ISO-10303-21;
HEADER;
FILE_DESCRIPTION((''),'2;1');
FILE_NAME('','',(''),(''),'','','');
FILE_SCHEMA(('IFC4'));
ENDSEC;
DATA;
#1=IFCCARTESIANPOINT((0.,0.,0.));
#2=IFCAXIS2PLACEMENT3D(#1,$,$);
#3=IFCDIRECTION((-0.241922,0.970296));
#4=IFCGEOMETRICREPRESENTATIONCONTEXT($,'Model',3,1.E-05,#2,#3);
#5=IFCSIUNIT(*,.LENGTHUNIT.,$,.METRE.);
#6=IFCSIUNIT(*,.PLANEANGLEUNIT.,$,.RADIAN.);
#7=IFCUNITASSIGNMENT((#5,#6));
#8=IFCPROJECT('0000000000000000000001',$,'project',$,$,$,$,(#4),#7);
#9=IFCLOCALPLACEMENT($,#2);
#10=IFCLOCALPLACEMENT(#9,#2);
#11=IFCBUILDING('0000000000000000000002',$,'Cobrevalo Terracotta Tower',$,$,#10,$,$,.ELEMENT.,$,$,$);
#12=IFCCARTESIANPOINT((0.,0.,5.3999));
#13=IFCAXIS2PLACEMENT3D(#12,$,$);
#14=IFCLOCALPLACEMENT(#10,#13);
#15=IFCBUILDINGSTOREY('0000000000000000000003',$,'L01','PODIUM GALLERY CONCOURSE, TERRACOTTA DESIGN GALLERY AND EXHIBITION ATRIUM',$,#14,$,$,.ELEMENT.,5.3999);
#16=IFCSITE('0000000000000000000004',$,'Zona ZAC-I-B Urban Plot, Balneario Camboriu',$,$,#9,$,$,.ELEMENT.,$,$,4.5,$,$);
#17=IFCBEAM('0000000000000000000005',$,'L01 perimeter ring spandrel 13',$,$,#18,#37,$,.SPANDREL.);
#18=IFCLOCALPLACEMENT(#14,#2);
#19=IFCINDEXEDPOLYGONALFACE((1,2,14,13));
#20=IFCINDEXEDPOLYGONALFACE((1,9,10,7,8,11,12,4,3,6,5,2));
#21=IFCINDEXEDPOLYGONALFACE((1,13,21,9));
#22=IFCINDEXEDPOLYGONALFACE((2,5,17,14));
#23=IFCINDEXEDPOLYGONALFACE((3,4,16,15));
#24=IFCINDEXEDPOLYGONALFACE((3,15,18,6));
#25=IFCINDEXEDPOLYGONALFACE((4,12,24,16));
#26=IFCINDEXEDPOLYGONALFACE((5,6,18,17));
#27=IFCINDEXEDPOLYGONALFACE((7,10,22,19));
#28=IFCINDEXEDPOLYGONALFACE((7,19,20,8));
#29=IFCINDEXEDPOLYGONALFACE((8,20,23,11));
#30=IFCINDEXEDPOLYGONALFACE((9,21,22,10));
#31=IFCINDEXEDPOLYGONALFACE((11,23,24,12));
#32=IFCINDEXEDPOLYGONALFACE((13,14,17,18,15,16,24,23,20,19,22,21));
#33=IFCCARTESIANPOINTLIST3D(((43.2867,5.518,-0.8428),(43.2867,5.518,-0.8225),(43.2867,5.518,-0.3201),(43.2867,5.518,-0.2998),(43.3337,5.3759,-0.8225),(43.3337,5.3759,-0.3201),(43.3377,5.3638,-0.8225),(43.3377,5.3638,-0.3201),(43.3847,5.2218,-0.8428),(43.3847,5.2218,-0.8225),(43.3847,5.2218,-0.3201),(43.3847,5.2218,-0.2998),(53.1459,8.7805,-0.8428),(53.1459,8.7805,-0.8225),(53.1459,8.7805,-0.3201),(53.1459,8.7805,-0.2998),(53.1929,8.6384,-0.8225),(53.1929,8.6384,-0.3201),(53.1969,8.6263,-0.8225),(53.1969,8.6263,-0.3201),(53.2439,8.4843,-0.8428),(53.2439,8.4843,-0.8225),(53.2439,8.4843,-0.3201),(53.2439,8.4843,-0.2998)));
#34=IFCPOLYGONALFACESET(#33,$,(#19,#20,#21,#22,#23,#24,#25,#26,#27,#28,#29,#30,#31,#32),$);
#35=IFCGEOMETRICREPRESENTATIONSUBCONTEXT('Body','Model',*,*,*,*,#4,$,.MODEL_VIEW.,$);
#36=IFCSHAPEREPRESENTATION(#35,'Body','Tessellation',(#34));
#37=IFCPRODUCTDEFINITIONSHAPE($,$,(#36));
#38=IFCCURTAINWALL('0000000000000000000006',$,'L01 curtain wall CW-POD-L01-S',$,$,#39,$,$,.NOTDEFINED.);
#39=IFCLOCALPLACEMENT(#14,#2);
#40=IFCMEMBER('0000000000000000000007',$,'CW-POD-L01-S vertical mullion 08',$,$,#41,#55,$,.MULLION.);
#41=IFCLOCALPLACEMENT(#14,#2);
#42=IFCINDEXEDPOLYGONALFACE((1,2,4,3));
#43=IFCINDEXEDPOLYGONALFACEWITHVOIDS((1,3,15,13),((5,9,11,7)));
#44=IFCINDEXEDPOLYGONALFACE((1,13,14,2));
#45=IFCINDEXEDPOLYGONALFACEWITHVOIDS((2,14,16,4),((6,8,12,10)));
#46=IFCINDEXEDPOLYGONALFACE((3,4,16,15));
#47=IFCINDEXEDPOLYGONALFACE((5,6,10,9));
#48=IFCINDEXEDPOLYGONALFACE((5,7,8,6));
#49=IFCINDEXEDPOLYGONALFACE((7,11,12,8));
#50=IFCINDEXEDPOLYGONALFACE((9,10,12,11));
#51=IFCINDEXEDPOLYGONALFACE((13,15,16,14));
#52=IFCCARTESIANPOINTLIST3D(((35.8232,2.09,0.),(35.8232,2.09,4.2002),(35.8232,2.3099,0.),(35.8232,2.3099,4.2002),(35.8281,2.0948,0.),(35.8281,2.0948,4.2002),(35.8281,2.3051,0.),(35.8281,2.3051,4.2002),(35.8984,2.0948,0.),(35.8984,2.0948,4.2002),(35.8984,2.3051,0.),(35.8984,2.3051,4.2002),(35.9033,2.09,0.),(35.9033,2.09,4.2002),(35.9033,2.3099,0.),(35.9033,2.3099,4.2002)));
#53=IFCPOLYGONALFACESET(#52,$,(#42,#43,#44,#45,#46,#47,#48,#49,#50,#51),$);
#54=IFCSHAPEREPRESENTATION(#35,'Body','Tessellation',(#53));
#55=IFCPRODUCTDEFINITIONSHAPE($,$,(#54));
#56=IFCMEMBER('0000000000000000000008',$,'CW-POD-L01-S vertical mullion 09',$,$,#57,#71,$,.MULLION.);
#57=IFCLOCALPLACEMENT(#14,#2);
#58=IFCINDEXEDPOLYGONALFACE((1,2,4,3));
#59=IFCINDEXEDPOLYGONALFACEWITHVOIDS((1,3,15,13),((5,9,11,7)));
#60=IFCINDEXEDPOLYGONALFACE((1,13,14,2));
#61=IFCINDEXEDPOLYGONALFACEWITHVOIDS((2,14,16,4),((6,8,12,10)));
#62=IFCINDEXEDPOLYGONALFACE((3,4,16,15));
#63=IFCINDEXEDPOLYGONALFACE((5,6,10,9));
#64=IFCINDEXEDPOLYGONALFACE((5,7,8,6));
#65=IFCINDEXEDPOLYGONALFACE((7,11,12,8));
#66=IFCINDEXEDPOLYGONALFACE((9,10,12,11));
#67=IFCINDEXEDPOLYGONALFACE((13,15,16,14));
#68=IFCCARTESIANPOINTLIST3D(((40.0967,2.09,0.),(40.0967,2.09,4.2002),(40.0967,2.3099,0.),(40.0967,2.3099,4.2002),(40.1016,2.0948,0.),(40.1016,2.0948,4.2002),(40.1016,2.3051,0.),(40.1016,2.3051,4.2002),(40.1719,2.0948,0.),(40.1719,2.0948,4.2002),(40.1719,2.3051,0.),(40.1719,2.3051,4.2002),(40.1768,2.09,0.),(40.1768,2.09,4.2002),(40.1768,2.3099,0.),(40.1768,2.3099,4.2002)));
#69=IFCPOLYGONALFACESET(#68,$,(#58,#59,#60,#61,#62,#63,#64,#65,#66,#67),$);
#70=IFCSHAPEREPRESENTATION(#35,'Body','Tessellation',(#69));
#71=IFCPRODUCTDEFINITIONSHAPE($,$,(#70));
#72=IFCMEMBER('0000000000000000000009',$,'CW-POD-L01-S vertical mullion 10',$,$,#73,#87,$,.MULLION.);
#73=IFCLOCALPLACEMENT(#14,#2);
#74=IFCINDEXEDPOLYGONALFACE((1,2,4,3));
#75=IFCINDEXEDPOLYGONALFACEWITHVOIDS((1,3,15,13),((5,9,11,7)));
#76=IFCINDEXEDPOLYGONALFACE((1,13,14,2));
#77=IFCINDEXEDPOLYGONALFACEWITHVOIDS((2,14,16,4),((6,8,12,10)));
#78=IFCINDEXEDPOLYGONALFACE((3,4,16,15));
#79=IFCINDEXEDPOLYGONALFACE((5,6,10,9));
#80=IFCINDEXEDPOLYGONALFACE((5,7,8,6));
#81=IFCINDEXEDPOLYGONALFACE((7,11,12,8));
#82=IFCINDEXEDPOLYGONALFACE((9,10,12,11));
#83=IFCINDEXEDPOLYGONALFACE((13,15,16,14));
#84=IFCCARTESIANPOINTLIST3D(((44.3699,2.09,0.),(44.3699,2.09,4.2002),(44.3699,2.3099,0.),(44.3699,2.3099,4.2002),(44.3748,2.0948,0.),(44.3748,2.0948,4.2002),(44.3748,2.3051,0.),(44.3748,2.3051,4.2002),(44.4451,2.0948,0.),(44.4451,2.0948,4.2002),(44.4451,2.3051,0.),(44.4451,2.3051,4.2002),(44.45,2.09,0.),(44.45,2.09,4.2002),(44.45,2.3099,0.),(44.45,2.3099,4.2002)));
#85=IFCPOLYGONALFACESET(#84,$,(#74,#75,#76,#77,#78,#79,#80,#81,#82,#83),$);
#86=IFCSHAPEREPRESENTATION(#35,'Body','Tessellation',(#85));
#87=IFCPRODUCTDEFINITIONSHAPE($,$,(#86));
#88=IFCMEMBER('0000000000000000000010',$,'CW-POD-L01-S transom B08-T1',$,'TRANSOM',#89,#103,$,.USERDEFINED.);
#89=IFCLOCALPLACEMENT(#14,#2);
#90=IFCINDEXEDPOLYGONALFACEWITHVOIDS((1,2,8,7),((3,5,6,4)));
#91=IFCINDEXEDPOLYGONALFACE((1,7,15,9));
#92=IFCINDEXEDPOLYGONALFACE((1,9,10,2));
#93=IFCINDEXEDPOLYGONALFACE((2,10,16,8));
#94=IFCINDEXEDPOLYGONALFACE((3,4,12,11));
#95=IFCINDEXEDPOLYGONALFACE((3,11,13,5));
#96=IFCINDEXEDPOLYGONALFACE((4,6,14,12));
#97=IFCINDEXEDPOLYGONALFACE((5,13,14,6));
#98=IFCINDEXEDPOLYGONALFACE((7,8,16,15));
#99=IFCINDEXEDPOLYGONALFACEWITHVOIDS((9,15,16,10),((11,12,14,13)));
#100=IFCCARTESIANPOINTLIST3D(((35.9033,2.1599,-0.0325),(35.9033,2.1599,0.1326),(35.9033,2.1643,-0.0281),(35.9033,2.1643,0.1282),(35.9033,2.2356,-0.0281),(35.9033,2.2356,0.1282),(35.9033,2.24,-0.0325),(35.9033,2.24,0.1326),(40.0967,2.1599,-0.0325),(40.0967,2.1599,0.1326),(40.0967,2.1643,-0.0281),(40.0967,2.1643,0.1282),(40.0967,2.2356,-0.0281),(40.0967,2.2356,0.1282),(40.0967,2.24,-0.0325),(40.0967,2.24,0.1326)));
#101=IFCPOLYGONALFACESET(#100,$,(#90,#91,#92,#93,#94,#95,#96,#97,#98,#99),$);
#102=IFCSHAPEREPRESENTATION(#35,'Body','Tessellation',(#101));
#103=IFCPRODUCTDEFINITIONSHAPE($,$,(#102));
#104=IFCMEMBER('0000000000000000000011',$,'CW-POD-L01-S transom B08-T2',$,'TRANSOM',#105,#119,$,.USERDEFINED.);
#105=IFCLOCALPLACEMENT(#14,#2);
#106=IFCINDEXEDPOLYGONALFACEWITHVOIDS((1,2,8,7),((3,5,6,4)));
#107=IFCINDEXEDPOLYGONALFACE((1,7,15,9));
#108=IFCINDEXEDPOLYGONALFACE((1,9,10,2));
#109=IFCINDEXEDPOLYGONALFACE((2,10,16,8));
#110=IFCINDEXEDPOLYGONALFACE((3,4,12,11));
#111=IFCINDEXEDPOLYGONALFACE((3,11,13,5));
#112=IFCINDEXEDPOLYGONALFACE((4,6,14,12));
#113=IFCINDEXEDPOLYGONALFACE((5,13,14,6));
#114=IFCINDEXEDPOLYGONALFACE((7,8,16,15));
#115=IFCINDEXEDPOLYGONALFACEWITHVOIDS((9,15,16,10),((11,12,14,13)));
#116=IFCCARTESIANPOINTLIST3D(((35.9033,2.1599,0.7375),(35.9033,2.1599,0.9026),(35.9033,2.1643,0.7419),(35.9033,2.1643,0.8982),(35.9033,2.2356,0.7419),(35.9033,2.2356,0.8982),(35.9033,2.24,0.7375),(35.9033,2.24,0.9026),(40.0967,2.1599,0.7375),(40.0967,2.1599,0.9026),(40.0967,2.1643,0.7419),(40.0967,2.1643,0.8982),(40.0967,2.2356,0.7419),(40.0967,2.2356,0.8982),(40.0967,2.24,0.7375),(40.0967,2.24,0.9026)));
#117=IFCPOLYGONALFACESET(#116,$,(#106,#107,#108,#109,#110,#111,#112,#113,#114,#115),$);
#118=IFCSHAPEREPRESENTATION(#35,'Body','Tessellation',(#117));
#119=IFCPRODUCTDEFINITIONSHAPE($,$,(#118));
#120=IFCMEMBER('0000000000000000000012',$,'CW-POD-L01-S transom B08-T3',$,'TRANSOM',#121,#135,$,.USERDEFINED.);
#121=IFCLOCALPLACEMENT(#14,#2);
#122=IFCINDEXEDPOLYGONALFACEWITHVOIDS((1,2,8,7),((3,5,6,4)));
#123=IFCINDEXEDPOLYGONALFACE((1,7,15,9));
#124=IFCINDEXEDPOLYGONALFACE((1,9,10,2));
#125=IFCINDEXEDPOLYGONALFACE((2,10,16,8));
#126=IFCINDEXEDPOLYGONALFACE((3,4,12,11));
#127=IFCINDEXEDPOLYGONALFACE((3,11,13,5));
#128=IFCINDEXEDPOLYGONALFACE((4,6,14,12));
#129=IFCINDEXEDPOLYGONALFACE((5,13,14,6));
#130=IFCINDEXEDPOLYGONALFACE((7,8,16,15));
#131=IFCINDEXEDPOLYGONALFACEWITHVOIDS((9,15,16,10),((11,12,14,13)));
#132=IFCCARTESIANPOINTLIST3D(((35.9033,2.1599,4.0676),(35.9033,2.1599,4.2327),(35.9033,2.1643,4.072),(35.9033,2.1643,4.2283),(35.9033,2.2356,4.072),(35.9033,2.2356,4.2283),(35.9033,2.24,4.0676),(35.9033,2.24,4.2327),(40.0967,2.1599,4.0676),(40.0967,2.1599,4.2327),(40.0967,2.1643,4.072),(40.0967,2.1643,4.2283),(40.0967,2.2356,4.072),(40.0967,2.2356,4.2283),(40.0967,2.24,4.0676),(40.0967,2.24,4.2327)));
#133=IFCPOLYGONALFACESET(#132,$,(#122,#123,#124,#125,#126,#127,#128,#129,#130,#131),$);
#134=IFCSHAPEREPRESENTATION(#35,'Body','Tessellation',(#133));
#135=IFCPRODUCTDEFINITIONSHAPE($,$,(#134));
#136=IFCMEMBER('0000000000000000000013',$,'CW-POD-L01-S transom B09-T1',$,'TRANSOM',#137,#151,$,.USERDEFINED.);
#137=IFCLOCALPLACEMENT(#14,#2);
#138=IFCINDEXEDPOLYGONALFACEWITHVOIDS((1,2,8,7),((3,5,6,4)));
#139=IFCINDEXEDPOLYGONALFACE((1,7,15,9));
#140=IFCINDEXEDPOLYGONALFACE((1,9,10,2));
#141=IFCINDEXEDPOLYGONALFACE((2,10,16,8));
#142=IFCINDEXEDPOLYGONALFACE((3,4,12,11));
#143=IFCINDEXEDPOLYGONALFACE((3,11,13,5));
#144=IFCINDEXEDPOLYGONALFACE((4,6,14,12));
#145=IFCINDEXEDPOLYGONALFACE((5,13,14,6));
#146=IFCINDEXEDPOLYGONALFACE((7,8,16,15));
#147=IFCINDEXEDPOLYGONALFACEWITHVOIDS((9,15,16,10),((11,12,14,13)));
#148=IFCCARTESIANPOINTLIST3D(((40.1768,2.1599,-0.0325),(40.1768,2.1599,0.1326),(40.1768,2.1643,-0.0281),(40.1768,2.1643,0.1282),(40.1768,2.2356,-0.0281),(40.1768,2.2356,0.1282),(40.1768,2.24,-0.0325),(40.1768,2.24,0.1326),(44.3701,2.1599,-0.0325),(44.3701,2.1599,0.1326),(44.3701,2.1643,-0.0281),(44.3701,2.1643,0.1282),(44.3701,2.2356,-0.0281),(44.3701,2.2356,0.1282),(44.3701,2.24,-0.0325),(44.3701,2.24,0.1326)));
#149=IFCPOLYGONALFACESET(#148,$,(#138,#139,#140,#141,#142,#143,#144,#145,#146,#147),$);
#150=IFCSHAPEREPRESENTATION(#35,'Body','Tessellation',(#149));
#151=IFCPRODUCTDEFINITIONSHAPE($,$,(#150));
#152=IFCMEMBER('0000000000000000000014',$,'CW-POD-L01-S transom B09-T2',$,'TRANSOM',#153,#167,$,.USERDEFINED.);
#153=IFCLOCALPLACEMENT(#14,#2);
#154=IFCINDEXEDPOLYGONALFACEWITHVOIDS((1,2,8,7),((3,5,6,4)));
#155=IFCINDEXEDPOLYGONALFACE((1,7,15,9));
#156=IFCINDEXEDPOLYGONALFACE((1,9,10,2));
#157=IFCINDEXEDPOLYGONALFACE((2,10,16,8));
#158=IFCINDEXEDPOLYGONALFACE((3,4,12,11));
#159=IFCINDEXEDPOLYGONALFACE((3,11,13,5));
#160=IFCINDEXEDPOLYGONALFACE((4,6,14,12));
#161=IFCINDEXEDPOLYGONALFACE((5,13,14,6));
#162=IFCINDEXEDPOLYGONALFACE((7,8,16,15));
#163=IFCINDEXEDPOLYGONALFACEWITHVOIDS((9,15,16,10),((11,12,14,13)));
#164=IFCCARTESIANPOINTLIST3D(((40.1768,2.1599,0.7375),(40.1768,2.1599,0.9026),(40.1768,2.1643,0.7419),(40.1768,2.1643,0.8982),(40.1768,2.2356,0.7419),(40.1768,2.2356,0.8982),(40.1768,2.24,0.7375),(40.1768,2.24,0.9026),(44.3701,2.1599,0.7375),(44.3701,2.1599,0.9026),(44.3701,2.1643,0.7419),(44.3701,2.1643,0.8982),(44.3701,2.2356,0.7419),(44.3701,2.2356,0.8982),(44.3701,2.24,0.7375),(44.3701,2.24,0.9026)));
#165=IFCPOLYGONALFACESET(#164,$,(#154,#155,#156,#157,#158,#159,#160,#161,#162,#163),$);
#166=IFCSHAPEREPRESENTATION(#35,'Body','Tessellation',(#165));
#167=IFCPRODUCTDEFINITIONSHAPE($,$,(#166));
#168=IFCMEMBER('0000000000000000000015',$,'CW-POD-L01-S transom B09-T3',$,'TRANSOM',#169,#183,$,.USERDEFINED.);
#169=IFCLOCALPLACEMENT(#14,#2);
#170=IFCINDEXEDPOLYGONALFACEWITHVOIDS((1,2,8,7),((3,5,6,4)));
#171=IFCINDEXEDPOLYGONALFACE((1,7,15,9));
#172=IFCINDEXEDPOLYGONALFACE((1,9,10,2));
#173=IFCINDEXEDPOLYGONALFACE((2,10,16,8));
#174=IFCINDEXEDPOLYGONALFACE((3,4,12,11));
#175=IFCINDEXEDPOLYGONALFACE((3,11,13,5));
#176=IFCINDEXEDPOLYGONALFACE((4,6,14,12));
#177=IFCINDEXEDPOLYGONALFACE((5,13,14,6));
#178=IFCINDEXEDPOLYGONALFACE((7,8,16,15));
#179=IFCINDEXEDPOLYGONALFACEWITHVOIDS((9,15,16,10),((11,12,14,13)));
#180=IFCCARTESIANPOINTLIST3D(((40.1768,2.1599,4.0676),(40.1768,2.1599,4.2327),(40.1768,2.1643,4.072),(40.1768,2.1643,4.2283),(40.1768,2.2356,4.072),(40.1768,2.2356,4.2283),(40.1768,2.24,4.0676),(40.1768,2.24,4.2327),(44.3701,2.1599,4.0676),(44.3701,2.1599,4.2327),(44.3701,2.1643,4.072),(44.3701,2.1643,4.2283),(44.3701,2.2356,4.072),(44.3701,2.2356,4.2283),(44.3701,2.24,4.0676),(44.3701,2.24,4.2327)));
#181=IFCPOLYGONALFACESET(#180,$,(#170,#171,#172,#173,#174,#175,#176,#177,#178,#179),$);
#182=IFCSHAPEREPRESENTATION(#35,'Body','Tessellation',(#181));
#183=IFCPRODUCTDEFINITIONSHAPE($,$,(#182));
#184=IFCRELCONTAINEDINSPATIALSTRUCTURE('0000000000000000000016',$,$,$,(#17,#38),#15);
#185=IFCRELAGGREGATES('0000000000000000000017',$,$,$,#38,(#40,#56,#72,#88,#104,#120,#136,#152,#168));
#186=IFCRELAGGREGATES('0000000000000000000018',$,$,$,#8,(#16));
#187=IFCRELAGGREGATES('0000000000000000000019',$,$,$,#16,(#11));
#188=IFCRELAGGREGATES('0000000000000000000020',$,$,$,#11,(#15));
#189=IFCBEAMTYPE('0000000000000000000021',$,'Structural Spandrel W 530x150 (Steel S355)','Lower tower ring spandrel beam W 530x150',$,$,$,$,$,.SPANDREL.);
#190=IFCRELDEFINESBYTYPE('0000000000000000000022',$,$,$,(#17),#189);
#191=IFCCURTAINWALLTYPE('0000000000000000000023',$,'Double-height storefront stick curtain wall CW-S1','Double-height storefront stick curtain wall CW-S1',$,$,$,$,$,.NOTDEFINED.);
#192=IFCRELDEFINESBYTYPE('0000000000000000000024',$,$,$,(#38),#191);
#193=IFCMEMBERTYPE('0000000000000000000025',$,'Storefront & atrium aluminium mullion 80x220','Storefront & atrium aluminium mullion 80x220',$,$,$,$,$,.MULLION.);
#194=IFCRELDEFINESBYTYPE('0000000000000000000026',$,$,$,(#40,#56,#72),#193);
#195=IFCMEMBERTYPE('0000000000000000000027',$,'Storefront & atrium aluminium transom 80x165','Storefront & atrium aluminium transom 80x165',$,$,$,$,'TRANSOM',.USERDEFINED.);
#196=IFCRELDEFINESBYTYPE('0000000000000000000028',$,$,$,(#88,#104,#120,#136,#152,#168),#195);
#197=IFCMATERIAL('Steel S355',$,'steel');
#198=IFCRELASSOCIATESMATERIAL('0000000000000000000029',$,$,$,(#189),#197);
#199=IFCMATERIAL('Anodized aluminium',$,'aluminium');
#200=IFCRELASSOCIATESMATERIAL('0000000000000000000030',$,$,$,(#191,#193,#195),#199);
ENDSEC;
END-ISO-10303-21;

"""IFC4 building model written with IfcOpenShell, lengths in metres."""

from ifc_helpers import new_model, si_unit, direction, frame, origin, origin_2d, place, context, subcontext, project, spatial, hollow_rectangle, i_section, extrude, source, transform, mapped, material, material_profile, profile_set, type_object, element, aggregate, save


model = new_model("IFC4")

# Units and contexts
model_context = context("Model", 3, precision=1e-05, world=origin(), true_north=direction((-0.241922, 0.970296)))
body_context = subcontext(model_context, "Body", "Model", "MODEL_VIEW")
ifc_project = project(units=[si_unit("LENGTHUNIT", "METRE"), si_unit("PLANEANGLEUNIT", "RADIAN")], contexts=[model_context])

# Site, building, storey
site_placement = place(None, origin())
site = spatial("IfcSite", under=ifc_project, at=site_placement, Name="Zona ZAC-I-B Urban Plot, Balneario Camboriu", CompositionType="ELEMENT", RefElevation=4.5)
building_placement = place(site_placement, origin())
building = spatial("IfcBuilding", under=site, at=building_placement, Name="Cobrevalo Terracotta Tower", CompositionType="ELEMENT")
storey_placement = place(building_placement, frame((0.0, 0.0, 5.3999)))
storey = spatial("IfcBuildingStorey", under=building, at=storey_placement, Name="L01", Description="PODIUM GALLERY CONCOURSE, TERRACOTTA DESIGN GALLERY AND EXHIBITION ATRIUM", CompositionType="ELEMENT", Elevation=5.3999)

# Shared definitions
ifc_material_1 = material(Name="Steel S355", Category="steel")

# Beam
ifc_material_profile_1 = material_profile(ifc_material_1, i_section(OverallWidth=0.312, OverallDepth=0.543, WebThickness=0.0127, FlangeThickness=0.0203, at=origin_2d()), Name="W 530x150")
ifc_profile_set_1 = profile_set([ifc_material_profile_1], Name="Steel S355")
beam_type_1 = type_object("IfcBeamType", Name="Structural Spandrel W 530x150 (Steel S355)", Description="Lower tower ring spandrel beam W 530x150", PredefinedType="SPANDREL", material=ifc_profile_set_1)
beam_1_placement = place(storey_placement, frame((43.3357, 5.3699, -0.5713), z_axis=(0.949372, 0.314153, 0.0), x_axis=(-0.314153, 0.949372, 0.0)))
element("IfcBeam", 1, at=beam_1_placement, inside=storey, type_object=beam_type_1, Name="L01 perimeter ring spandrel 13", PredefinedType="SPANDREL", context=body_context, shape_type="SweptSolid", body=[
    extrude(i_section(OverallWidth=0.312, OverallDepth=0.543, WebThickness=0.0127, FlangeThickness=0.0203, at=origin_2d()), origin(), (0.0, 0.0, 1.0), 10.385),
])

# Curtain wall, members
ifc_material_2 = material(Name="Anodized aluminium", Category="aluminium")
curtain_wall_type = type_object("IfcCurtainWallType", Name="Double-height storefront stick curtain wall CW-S1", Description="Double-height storefront stick curtain wall CW-S1", PredefinedType="NOTDEFINED", material=ifc_material_2)
curtain_wall_placement = place(storey_placement, origin())
curtain_wall = element("IfcCurtainWall", 2, at=curtain_wall_placement, inside=storey, type_object=curtain_wall_type, Name="L01 curtain wall CW-POD-L01-S", PredefinedType="NOTDEFINED")
ifc_material_profile_2 = material_profile(ifc_material_2, hollow_rectangle(XDim=0.0801, YDim=0.22, WallThickness=0.0049, at=origin_2d()), Name="CWM 80x220")
ifc_profile_set_2 = profile_set([ifc_material_profile_2], Name="Anodized aluminium")
member_type_1 = type_object("IfcMemberType", Name="Storefront & atrium aluminium mullion 80x220", Description="Storefront & atrium aluminium mullion 80x220", PredefinedType="MULLION", material=ifc_profile_set_2)
shared_shape_1 = source(origin(), body_context, "Body", "SweptSolid", [
    extrude(hollow_rectangle(XDim=0.0801, YDim=0.22, WallThickness=0.0049, at=origin_2d()), origin(), (0.0, 0.0, 1.0), 4.2002),
])
member_1_placement = place(storey_placement, frame((35.8633, 2.2, 0.0), z_axis=(0.0, 0.0, 1.0), x_axis=(1.0, 0.0, 0.0)))
member_1 = element("IfcMember", 3, at=member_1_placement, type_object=member_type_1, Name="CW-POD-L01-S vertical mullion 08", PredefinedType="MULLION", context=body_context, shape_type="MappedRepresentation", body=[
    mapped(shared_shape_1, transform((0.0, 0.0, 0.0), scale=1.0)),
])
member_2_placement = place(storey_placement, frame((40.1367, 2.2, 0.0), z_axis=(0.0, 0.0, 1.0), x_axis=(1.0, 0.0, 0.0)))
member_2 = element("IfcMember", 4, at=member_2_placement, type_object=member_type_1, Name="CW-POD-L01-S vertical mullion 09", PredefinedType="MULLION", context=body_context, shape_type="MappedRepresentation", body=[
    mapped(shared_shape_1, transform((0.0, 0.0, 0.0), scale=1.0)),
])
member_3_placement = place(storey_placement, frame((44.4099, 2.2, 0.0), z_axis=(0.0, 0.0, 1.0), x_axis=(1.0, 0.0, 0.0)))
member_3 = element("IfcMember", 5, at=member_3_placement, type_object=member_type_1, Name="CW-POD-L01-S vertical mullion 10", PredefinedType="MULLION", context=body_context, shape_type="MappedRepresentation", body=[
    mapped(shared_shape_1, transform((0.0, 0.0, 0.0), scale=1.0)),
])
ifc_material_profile_3 = material_profile(ifc_material_2, hollow_rectangle(XDim=0.0801, YDim=0.165, WallThickness=0.0044, at=origin_2d()), Name="CWT 80x165")
ifc_profile_set_3 = profile_set([ifc_material_profile_3], Name="Anodized aluminium")
member_type_2 = type_object("IfcMemberType", Name="Storefront & atrium aluminium transom 80x165", Description="Storefront & atrium aluminium transom 80x165", ElementType="TRANSOM", PredefinedType="USERDEFINED", material=ifc_profile_set_3)
shared_shape_2 = source(origin(), body_context, "Body", "SweptSolid", [
    extrude(hollow_rectangle(XDim=0.0801, YDim=0.165, WallThickness=0.0044, at=origin_2d()), origin(), (0.0, 0.0, 1.0), 4.1934),
])
member_4_placement = place(storey_placement, frame((35.9033, 2.2, 0.05), z_axis=(1.0, 0.0, 0.0), x_axis=(0.0, 1.0, 0.0)))
member_4 = element("IfcMember", 6, at=member_4_placement, type_object=member_type_2, Name="CW-POD-L01-S transom B08-T1", ObjectType="TRANSOM", PredefinedType="USERDEFINED", context=body_context, shape_type="MappedRepresentation", body=[
    mapped(shared_shape_2, transform((0.0, 0.0, 0.0), scale=1.0)),
])
member_5_placement = place(storey_placement, frame((35.9033, 2.2, 0.8201), z_axis=(1.0, 0.0, 0.0), x_axis=(0.0, 1.0, 0.0)))
member_5 = element("IfcMember", 7, at=member_5_placement, type_object=member_type_2, Name="CW-POD-L01-S transom B08-T2", ObjectType="TRANSOM", PredefinedType="USERDEFINED", context=body_context, shape_type="MappedRepresentation", body=[
    mapped(shared_shape_2, transform((0.0, 0.0, 0.0), scale=1.0)),
])
member_6_placement = place(storey_placement, frame((35.9033, 2.2, 4.1501), z_axis=(1.0, 0.0, 0.0), x_axis=(0.0, 1.0, 0.0)))
member_6 = element("IfcMember", 8, at=member_6_placement, type_object=member_type_2, Name="CW-POD-L01-S transom B08-T3", ObjectType="TRANSOM", PredefinedType="USERDEFINED", context=body_context, shape_type="MappedRepresentation", body=[
    mapped(shared_shape_2, transform((0.0, 0.0, 0.0), scale=1.0)),
])
member_7_placement = place(storey_placement, frame((40.1768, 2.2, 0.05), z_axis=(1.0, 0.0, 0.0), x_axis=(0.0, 1.0, 0.0)))
member_7 = element("IfcMember", 9, at=member_7_placement, type_object=member_type_2, Name="CW-POD-L01-S transom B09-T1", ObjectType="TRANSOM", PredefinedType="USERDEFINED", context=body_context, shape_type="MappedRepresentation", body=[
    mapped(shared_shape_2, transform((0.0, 0.0, 0.0), scale=1.0)),
])
member_8_placement = place(storey_placement, frame((40.1768, 2.2, 0.8201), z_axis=(1.0, 0.0, 0.0), x_axis=(0.0, 1.0, 0.0)))
member_8 = element("IfcMember", 10, at=member_8_placement, type_object=member_type_2, Name="CW-POD-L01-S transom B09-T2", ObjectType="TRANSOM", PredefinedType="USERDEFINED", context=body_context, shape_type="MappedRepresentation", body=[
    mapped(shared_shape_2, transform((0.0, 0.0, 0.0), scale=1.0)),
])
member_9_placement = place(storey_placement, frame((40.1768, 2.2, 4.1501), z_axis=(1.0, 0.0, 0.0), x_axis=(0.0, 1.0, 0.0)))
member_9 = element("IfcMember", 11, at=member_9_placement, type_object=member_type_2, Name="CW-POD-L01-S transom B09-T3", ObjectType="TRANSOM", PredefinedType="USERDEFINED", context=body_context, shape_type="MappedRepresentation", body=[
    mapped(shared_shape_2, transform((0.0, 0.0, 0.0), scale=1.0)),
])
aggregate(curtain_wall, [member_1, member_2, member_3, member_4, member_5, member_6, member_7, member_8, member_9])

save(model, "model.ifc")
